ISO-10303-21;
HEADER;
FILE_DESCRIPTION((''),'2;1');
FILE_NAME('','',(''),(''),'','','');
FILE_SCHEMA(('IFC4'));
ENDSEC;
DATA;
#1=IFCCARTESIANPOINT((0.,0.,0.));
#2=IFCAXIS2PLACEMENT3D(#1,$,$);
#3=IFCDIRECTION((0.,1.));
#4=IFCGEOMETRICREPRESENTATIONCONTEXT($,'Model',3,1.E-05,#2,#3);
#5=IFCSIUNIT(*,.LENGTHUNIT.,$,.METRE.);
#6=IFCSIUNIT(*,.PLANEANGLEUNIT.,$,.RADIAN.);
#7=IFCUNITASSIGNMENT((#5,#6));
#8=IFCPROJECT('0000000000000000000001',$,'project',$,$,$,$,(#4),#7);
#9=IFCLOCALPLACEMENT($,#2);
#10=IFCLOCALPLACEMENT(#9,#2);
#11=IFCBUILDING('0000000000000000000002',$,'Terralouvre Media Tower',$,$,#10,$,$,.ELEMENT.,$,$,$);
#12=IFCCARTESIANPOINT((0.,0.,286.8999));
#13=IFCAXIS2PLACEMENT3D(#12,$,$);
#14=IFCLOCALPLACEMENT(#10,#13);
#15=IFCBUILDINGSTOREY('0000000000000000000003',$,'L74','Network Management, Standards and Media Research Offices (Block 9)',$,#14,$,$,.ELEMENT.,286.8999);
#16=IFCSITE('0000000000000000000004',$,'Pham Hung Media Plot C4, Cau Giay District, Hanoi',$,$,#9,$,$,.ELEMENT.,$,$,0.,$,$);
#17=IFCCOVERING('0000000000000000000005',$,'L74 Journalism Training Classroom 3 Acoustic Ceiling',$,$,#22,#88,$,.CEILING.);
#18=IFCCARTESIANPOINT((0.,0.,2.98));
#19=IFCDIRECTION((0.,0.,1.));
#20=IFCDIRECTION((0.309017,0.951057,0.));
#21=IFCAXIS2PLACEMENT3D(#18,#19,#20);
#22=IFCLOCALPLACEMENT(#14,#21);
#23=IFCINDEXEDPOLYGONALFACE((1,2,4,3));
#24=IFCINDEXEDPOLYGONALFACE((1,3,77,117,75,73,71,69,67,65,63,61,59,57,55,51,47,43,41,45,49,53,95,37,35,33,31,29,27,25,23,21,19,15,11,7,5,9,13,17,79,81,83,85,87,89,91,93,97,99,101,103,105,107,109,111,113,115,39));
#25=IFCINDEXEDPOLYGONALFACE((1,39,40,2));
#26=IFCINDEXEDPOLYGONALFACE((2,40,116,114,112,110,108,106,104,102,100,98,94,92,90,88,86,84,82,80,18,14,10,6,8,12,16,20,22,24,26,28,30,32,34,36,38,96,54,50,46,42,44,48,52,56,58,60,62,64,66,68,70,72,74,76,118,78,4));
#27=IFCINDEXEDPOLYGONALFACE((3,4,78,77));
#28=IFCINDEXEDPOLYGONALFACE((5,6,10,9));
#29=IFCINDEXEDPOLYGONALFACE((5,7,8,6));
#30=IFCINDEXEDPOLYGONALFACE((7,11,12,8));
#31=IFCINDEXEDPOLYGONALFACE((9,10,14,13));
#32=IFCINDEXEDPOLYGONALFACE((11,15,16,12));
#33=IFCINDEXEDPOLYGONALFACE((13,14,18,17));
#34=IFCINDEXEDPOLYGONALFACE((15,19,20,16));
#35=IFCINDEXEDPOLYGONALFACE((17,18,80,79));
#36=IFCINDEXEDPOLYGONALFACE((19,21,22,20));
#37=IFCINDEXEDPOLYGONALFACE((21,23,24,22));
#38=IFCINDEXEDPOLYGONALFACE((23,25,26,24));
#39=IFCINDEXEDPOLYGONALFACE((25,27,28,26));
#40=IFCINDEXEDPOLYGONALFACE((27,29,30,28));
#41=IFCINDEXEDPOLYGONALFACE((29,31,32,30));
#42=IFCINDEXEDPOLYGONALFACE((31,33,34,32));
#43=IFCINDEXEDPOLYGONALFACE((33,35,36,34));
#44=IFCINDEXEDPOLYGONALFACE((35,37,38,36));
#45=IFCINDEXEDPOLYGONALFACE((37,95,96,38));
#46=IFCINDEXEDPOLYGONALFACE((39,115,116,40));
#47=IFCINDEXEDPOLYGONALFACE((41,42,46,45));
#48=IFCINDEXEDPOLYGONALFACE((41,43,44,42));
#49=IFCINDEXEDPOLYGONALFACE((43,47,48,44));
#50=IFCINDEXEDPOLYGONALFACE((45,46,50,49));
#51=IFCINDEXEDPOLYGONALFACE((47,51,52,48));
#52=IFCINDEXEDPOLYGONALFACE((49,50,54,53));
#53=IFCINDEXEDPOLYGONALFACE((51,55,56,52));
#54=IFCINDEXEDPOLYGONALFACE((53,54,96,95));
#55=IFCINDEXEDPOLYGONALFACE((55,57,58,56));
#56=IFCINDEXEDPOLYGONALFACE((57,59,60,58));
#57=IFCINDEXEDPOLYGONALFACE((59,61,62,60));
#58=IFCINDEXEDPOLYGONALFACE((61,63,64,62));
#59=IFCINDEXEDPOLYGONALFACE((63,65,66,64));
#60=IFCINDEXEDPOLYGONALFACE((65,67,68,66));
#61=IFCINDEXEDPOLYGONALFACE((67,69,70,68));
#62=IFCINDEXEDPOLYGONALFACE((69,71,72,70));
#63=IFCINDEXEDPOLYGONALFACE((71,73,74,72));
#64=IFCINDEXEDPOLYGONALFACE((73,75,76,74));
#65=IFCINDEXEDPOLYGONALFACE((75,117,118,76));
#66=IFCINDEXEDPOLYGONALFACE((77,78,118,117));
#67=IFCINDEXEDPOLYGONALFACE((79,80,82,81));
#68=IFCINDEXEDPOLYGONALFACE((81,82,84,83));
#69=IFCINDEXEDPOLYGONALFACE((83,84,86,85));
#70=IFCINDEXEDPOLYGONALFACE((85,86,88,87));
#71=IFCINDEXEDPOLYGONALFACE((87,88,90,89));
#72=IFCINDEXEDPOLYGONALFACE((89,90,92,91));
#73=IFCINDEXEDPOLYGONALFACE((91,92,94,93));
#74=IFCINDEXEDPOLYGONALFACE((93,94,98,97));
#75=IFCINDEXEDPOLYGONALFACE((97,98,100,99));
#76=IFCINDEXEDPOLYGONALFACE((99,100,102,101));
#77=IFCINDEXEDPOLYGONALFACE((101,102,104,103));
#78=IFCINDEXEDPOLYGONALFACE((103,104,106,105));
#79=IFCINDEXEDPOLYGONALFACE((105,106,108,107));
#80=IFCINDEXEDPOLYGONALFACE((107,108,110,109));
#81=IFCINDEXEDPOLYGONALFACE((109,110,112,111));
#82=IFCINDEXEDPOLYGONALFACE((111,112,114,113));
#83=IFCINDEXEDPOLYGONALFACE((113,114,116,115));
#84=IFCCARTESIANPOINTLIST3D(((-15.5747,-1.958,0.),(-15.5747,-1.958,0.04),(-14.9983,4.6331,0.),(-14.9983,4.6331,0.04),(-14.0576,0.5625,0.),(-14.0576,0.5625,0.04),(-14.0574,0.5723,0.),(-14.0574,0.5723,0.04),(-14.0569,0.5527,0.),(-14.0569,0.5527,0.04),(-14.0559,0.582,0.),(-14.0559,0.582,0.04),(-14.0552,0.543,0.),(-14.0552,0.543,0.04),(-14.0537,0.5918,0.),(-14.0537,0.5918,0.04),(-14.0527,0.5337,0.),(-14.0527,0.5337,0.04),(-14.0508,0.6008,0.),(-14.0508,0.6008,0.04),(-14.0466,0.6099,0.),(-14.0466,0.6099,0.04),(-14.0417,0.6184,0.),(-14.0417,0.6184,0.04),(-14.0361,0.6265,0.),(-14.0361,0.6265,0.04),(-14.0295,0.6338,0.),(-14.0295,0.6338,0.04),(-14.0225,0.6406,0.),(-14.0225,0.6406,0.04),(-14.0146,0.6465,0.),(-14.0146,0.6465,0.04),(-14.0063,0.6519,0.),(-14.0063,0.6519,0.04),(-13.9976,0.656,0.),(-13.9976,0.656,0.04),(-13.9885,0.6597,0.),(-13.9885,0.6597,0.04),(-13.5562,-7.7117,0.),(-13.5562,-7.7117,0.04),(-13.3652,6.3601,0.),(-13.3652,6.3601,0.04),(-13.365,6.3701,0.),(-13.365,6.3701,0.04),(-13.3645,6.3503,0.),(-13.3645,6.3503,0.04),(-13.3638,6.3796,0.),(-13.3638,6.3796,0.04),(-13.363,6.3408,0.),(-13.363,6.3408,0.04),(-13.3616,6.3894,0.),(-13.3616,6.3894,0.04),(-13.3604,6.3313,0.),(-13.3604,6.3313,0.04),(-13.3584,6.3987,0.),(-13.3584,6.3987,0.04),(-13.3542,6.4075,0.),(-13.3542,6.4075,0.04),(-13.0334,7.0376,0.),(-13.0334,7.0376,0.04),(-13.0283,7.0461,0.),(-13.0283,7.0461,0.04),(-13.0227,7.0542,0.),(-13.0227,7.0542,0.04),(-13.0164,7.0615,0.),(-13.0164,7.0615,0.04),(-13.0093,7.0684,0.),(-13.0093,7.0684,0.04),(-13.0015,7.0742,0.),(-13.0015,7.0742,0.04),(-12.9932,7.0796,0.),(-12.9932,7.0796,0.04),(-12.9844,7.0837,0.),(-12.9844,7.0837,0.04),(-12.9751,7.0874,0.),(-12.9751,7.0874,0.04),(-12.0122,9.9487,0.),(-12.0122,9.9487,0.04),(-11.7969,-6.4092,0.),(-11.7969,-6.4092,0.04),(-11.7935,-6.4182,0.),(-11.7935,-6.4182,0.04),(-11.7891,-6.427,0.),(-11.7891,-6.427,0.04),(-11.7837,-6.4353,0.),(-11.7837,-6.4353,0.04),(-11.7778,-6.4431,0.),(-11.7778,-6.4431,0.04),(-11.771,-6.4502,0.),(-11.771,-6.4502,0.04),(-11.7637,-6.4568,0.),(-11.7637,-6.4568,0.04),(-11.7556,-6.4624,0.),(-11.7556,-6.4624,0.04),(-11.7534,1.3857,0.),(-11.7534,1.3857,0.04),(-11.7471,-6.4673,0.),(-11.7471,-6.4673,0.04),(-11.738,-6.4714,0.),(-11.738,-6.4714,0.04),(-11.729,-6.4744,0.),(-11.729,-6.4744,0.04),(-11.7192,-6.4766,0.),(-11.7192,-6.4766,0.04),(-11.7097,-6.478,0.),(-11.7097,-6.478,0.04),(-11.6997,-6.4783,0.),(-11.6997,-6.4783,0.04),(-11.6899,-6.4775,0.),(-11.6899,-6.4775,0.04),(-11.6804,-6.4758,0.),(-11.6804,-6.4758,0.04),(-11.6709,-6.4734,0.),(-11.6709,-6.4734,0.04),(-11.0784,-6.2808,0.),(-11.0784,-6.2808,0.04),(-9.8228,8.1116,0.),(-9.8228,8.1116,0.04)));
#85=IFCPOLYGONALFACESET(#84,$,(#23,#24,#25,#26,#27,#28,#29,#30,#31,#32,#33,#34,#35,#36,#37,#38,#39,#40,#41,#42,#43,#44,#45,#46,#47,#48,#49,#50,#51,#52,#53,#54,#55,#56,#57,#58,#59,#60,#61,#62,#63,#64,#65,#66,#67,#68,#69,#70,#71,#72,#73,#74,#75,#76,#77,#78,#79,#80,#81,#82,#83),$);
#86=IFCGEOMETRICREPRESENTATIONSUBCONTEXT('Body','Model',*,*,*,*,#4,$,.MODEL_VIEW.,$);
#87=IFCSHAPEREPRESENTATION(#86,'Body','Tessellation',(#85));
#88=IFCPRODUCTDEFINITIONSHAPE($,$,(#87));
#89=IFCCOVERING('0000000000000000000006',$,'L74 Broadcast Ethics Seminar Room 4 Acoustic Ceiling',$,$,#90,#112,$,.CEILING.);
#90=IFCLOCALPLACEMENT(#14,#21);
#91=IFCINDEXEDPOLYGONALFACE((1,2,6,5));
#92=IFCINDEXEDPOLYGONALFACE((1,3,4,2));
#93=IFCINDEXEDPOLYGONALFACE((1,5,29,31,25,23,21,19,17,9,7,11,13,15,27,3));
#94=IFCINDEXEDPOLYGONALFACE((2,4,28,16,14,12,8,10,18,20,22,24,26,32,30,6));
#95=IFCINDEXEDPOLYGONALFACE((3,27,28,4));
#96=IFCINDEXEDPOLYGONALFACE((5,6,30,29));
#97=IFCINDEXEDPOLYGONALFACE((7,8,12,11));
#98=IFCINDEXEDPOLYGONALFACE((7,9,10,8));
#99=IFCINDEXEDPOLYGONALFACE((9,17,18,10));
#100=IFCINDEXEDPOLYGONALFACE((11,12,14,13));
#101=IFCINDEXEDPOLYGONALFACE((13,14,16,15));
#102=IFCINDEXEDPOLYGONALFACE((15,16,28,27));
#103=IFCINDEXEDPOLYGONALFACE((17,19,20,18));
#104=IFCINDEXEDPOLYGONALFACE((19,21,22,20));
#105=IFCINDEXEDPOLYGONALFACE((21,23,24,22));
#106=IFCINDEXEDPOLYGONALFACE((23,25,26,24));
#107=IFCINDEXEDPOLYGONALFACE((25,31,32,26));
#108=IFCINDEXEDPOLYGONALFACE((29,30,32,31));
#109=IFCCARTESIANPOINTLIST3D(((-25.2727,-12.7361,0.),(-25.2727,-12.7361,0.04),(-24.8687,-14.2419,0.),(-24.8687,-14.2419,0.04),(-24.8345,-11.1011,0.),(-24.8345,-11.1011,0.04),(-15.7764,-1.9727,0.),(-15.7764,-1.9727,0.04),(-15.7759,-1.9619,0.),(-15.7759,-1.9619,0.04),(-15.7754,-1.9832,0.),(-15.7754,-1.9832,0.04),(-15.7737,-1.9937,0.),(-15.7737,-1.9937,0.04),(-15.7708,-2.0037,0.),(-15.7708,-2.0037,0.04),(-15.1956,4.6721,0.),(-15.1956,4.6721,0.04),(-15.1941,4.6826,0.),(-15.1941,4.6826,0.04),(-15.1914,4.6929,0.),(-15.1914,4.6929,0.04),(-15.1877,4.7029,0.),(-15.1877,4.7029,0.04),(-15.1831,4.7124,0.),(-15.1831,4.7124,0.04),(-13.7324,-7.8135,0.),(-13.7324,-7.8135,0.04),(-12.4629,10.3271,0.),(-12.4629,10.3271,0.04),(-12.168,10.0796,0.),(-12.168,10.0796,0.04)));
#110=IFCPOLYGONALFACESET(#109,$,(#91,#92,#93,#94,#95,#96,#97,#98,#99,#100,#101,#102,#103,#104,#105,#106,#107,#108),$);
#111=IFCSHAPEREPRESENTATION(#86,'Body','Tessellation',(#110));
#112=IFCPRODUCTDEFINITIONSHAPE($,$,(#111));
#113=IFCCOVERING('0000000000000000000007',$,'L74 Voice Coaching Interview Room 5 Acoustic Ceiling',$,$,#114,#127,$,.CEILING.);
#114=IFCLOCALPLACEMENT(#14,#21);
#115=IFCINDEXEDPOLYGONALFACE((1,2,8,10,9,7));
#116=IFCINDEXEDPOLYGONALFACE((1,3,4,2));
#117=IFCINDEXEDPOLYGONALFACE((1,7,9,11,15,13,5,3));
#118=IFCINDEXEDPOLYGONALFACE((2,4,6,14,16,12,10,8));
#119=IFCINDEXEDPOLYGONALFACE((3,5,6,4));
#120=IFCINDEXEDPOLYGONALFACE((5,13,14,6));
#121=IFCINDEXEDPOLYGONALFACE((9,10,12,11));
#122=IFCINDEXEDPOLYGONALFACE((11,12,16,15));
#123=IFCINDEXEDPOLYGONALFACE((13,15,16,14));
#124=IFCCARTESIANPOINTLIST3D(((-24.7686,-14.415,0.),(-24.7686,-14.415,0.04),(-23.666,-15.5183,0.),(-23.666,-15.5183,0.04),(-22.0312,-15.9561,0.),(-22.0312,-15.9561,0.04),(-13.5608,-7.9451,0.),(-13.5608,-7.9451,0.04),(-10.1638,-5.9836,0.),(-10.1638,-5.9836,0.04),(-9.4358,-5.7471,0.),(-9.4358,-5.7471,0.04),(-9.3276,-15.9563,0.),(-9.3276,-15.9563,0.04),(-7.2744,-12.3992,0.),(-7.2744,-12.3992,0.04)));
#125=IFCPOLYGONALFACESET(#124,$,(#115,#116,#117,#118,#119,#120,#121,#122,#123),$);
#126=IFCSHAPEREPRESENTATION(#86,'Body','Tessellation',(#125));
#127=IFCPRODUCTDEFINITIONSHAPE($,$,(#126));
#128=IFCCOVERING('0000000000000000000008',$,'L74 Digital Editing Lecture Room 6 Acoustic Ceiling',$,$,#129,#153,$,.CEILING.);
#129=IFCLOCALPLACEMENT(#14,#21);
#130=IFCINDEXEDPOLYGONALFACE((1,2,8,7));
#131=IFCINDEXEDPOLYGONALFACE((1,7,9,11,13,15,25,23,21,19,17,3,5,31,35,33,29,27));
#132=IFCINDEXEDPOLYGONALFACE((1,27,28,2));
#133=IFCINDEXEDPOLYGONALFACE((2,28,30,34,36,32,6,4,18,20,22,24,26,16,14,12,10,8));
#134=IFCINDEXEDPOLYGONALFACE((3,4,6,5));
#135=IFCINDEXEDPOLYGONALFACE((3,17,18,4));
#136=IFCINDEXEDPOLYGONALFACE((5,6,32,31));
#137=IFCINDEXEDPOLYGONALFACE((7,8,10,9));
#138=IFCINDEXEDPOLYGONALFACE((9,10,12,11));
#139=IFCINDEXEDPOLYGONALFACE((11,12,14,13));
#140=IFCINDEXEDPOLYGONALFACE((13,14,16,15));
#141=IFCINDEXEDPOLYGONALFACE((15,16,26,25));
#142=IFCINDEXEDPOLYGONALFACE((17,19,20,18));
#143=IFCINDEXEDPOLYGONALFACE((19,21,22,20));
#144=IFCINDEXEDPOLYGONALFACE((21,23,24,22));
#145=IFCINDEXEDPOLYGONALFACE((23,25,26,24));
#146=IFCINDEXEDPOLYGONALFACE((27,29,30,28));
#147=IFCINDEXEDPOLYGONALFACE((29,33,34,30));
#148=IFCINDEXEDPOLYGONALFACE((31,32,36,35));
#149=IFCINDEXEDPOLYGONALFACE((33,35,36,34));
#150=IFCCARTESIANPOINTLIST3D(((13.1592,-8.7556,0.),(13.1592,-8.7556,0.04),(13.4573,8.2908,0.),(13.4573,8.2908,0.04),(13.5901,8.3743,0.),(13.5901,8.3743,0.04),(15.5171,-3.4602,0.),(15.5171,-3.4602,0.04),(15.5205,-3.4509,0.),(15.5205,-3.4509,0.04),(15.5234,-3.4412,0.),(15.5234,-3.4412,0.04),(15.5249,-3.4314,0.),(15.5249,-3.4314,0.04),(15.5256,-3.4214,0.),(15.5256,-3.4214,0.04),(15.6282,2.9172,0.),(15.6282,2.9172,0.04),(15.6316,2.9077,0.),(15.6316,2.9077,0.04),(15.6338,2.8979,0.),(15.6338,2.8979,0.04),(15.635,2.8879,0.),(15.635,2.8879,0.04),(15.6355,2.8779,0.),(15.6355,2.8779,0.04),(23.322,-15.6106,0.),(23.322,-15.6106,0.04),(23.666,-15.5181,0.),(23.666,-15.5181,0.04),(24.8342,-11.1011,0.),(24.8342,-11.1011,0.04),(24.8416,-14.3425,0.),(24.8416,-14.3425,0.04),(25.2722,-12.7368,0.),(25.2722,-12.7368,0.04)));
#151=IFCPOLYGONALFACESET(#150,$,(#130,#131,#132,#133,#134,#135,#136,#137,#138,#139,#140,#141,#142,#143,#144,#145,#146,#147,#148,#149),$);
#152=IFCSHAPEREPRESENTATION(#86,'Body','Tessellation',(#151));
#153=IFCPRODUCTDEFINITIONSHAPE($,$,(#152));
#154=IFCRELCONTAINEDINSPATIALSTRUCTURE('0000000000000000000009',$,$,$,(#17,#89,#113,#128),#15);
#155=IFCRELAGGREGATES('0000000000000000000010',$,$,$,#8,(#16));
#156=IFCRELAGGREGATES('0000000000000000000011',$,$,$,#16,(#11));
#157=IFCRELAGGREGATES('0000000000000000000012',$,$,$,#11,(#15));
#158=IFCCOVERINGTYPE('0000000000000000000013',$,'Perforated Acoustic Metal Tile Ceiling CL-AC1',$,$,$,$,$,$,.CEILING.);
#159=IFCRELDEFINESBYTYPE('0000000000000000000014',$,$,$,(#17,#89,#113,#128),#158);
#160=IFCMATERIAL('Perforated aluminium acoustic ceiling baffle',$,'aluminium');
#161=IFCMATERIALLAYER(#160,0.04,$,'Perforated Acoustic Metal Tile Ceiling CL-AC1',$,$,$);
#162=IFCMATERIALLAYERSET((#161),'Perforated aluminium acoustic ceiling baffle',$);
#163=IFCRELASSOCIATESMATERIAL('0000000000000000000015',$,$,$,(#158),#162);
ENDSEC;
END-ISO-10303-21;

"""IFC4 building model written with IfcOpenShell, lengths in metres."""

from ifc_helpers import new_model, si_unit, direction, frame, origin, place, context, subcontext, project, spatial, polyline, outline, extrude, material, layer, layer_set, type_object, element, save


model = new_model("IFC4")

# Units and contexts
model_context = context("Model", 3, precision=1e-05, world=origin(), true_north=direction((0.0, 1.0)))
body_context = subcontext(model_context, "Body", "Model", "MODEL_VIEW")
ifc_project = project(units=[si_unit("LENGTHUNIT", "METRE"), si_unit("PLANEANGLEUNIT", "RADIAN")], contexts=[model_context])

# Site, building, storey
site_placement = place(None, origin())
site = spatial("IfcSite", under=ifc_project, at=site_placement, Name="Pham Hung Media Plot C4, Cau Giay District, Hanoi", CompositionType="ELEMENT", RefElevation=0.0)
building_placement = place(site_placement, origin())
building = spatial("IfcBuilding", under=site, at=building_placement, Name="Terralouvre Media Tower", CompositionType="ELEMENT")
storey_placement = place(building_placement, frame((0.0, 0.0, 286.8999)))
storey = spatial("IfcBuildingStorey", under=building, at=storey_placement, Name="L74", Description="Network Management, Standards and Media Research Offices (Block 9)", CompositionType="ELEMENT", Elevation=286.8999)

# Coverings
ifc_material_1 = material(Name="Perforated aluminium acoustic ceiling baffle", Category="aluminium")
ifc_layer_1 = layer(ifc_material_1, 0.04, Name="Perforated Acoustic Metal Tile Ceiling CL-AC1")
ifc_layer_set_1 = layer_set([ifc_layer_1], Name="Perforated aluminium acoustic ceiling baffle")
covering_type = type_object("IfcCoveringType", Name="Perforated Acoustic Metal Tile Ceiling CL-AC1", PredefinedType="CEILING", material=ifc_layer_set_1)
covering_1_placement = place(storey_placement, frame((0.0, 0.0, 2.98), z_axis=(0.0, 0.0, 1.0), x_axis=(0.309017, 0.951057, 0.0)))
element("IfcCovering", 1, at=covering_1_placement, inside=storey, type_object=covering_type, Name="L74 Journalism Training Classroom 3 Acoustic Ceiling", PredefinedType="CEILING", context=body_context, shape_type="SweptSolid", body=[
    extrude(outline(polyline([(-14.9983, 4.6331), (-15.5747, -1.958), (-13.5562, -7.7117), (-11.0784, -6.2808), (-11.6709, -6.4734), (-11.6804, -6.4758), (-11.6899, -6.4775), (-11.6997, -6.4783), (-11.7097, -6.478), (-11.7192, -6.4766), (-11.729, -6.4744), (-11.738, -6.4714), (-11.7471, -6.4673), (-11.7556, -6.4624), (-11.7637, -6.4568), (-11.771, -6.4502), (-11.7778, -6.4431), (-11.7837, -6.4353), (-11.7891, -6.427), (-11.7935, -6.4182), (-11.7969, -6.4092), (-14.0527, 0.5337), (-14.0552, 0.543), (-14.0569, 0.5527), (-14.0576, 0.5625), (-14.0574, 0.5723), (-14.0559, 0.582), (-14.0537, 0.5918), (-14.0508, 0.6008), (-14.0466, 0.6099), (-14.0417, 0.6184), (-14.0361, 0.6265), (-14.0295, 0.6338), (-14.0225, 0.6406), (-14.0146, 0.6465), (-14.0063, 0.6519), (-13.9976, 0.656), (-13.9885, 0.6597), (-11.7534, 1.3857), (-13.3604, 6.3313), (-13.363, 6.3408), (-13.3645, 6.3503), (-13.3652, 6.3601), (-13.365, 6.3701), (-13.3638, 6.3796), (-13.3616, 6.3894), (-13.3584, 6.3987), (-13.3542, 6.4075), (-13.0334, 7.0376), (-13.0283, 7.0461), (-13.0227, 7.0542), (-13.0164, 7.0615), (-13.0093, 7.0684), (-13.0015, 7.0742), (-12.9932, 7.0796), (-12.9844, 7.0837), (-12.9751, 7.0874), (-9.8228, 8.1116), (-12.0122, 9.9487), (-14.9983, 4.6331)])), origin(), (0.0, 0.0, 1.0), 0.04),
])
covering_2_placement = place(storey_placement, frame((0.0, 0.0, 2.98), z_axis=(0.0, 0.0, 1.0), x_axis=(0.309017, 0.951057, 0.0)))
element("IfcCovering", 2, at=covering_2_placement, inside=storey, type_object=covering_type, Name="L74 Broadcast Ethics Seminar Room 4 Acoustic Ceiling", PredefinedType="CEILING", context=body_context, shape_type="SweptSolid", body=[
    extrude(outline(polyline([(-15.7708, -2.0037), (-15.7737, -1.9937), (-15.7754, -1.9832), (-15.7764, -1.9727), (-15.7759, -1.9619), (-15.1956, 4.6721), (-15.1941, 4.6826), (-15.1914, 4.6929), (-15.1877, 4.7029), (-15.1831, 4.7124), (-12.168, 10.0796), (-12.4629, 10.3271), (-24.8345, -11.1011), (-25.2727, -12.7361), (-24.8687, -14.2419), (-13.7324, -7.8135), (-15.7708, -2.0037)])), origin(), (0.0, 0.0, 1.0), 0.04),
])
covering_3_placement = place(storey_placement, frame((0.0, 0.0, 2.98), z_axis=(0.0, 0.0, 1.0), x_axis=(0.309017, 0.951057, 0.0)))
element("IfcCovering", 3, at=covering_3_placement, inside=storey, type_object=covering_type, Name="L74 Voice Coaching Interview Room 5 Acoustic Ceiling", PredefinedType="CEILING", context=body_context, shape_type="SweptSolid", body=[
    extrude(outline(polyline([(-9.4358, -5.7471), (-10.1638, -5.9836), (-13.5608, -7.9451), (-24.7686, -14.415), (-23.666, -15.5183), (-22.0312, -15.9561), (-9.3276, -15.9563), (-7.2744, -12.3992), (-9.4358, -5.7471)])), origin(), (0.0, 0.0, 1.0), 0.04),
])
covering_4_placement = place(storey_placement, frame((0.0, 0.0, 2.98), z_axis=(0.0, 0.0, 1.0), x_axis=(0.309017, 0.951057, 0.0)))
element("IfcCovering", 4, at=covering_4_placement, inside=storey, type_object=covering_type, Name="L74 Digital Editing Lecture Room 6 Acoustic Ceiling", PredefinedType="CEILING", context=body_context, shape_type="SweptSolid", body=[
    extrude(outline(polyline([(15.6282, 2.9172), (15.6316, 2.9077), (15.6338, 2.8979), (15.635, 2.8879), (15.6355, 2.8779), (15.5256, -3.4214), (15.5249, -3.4314), (15.5234, -3.4412), (15.5205, -3.4509), (15.5171, -3.4602), (13.1592, -8.7556), (23.322, -15.6106), (23.666, -15.5181), (24.8416, -14.3425), (25.2722, -12.7368), (24.8342, -11.1011), (13.5901, 8.3743), (13.4573, 8.2908), (15.6282, 2.9172)])), origin(), (0.0, 0.0, 1.0), 0.04),
])

save(model, "model.ifc")
